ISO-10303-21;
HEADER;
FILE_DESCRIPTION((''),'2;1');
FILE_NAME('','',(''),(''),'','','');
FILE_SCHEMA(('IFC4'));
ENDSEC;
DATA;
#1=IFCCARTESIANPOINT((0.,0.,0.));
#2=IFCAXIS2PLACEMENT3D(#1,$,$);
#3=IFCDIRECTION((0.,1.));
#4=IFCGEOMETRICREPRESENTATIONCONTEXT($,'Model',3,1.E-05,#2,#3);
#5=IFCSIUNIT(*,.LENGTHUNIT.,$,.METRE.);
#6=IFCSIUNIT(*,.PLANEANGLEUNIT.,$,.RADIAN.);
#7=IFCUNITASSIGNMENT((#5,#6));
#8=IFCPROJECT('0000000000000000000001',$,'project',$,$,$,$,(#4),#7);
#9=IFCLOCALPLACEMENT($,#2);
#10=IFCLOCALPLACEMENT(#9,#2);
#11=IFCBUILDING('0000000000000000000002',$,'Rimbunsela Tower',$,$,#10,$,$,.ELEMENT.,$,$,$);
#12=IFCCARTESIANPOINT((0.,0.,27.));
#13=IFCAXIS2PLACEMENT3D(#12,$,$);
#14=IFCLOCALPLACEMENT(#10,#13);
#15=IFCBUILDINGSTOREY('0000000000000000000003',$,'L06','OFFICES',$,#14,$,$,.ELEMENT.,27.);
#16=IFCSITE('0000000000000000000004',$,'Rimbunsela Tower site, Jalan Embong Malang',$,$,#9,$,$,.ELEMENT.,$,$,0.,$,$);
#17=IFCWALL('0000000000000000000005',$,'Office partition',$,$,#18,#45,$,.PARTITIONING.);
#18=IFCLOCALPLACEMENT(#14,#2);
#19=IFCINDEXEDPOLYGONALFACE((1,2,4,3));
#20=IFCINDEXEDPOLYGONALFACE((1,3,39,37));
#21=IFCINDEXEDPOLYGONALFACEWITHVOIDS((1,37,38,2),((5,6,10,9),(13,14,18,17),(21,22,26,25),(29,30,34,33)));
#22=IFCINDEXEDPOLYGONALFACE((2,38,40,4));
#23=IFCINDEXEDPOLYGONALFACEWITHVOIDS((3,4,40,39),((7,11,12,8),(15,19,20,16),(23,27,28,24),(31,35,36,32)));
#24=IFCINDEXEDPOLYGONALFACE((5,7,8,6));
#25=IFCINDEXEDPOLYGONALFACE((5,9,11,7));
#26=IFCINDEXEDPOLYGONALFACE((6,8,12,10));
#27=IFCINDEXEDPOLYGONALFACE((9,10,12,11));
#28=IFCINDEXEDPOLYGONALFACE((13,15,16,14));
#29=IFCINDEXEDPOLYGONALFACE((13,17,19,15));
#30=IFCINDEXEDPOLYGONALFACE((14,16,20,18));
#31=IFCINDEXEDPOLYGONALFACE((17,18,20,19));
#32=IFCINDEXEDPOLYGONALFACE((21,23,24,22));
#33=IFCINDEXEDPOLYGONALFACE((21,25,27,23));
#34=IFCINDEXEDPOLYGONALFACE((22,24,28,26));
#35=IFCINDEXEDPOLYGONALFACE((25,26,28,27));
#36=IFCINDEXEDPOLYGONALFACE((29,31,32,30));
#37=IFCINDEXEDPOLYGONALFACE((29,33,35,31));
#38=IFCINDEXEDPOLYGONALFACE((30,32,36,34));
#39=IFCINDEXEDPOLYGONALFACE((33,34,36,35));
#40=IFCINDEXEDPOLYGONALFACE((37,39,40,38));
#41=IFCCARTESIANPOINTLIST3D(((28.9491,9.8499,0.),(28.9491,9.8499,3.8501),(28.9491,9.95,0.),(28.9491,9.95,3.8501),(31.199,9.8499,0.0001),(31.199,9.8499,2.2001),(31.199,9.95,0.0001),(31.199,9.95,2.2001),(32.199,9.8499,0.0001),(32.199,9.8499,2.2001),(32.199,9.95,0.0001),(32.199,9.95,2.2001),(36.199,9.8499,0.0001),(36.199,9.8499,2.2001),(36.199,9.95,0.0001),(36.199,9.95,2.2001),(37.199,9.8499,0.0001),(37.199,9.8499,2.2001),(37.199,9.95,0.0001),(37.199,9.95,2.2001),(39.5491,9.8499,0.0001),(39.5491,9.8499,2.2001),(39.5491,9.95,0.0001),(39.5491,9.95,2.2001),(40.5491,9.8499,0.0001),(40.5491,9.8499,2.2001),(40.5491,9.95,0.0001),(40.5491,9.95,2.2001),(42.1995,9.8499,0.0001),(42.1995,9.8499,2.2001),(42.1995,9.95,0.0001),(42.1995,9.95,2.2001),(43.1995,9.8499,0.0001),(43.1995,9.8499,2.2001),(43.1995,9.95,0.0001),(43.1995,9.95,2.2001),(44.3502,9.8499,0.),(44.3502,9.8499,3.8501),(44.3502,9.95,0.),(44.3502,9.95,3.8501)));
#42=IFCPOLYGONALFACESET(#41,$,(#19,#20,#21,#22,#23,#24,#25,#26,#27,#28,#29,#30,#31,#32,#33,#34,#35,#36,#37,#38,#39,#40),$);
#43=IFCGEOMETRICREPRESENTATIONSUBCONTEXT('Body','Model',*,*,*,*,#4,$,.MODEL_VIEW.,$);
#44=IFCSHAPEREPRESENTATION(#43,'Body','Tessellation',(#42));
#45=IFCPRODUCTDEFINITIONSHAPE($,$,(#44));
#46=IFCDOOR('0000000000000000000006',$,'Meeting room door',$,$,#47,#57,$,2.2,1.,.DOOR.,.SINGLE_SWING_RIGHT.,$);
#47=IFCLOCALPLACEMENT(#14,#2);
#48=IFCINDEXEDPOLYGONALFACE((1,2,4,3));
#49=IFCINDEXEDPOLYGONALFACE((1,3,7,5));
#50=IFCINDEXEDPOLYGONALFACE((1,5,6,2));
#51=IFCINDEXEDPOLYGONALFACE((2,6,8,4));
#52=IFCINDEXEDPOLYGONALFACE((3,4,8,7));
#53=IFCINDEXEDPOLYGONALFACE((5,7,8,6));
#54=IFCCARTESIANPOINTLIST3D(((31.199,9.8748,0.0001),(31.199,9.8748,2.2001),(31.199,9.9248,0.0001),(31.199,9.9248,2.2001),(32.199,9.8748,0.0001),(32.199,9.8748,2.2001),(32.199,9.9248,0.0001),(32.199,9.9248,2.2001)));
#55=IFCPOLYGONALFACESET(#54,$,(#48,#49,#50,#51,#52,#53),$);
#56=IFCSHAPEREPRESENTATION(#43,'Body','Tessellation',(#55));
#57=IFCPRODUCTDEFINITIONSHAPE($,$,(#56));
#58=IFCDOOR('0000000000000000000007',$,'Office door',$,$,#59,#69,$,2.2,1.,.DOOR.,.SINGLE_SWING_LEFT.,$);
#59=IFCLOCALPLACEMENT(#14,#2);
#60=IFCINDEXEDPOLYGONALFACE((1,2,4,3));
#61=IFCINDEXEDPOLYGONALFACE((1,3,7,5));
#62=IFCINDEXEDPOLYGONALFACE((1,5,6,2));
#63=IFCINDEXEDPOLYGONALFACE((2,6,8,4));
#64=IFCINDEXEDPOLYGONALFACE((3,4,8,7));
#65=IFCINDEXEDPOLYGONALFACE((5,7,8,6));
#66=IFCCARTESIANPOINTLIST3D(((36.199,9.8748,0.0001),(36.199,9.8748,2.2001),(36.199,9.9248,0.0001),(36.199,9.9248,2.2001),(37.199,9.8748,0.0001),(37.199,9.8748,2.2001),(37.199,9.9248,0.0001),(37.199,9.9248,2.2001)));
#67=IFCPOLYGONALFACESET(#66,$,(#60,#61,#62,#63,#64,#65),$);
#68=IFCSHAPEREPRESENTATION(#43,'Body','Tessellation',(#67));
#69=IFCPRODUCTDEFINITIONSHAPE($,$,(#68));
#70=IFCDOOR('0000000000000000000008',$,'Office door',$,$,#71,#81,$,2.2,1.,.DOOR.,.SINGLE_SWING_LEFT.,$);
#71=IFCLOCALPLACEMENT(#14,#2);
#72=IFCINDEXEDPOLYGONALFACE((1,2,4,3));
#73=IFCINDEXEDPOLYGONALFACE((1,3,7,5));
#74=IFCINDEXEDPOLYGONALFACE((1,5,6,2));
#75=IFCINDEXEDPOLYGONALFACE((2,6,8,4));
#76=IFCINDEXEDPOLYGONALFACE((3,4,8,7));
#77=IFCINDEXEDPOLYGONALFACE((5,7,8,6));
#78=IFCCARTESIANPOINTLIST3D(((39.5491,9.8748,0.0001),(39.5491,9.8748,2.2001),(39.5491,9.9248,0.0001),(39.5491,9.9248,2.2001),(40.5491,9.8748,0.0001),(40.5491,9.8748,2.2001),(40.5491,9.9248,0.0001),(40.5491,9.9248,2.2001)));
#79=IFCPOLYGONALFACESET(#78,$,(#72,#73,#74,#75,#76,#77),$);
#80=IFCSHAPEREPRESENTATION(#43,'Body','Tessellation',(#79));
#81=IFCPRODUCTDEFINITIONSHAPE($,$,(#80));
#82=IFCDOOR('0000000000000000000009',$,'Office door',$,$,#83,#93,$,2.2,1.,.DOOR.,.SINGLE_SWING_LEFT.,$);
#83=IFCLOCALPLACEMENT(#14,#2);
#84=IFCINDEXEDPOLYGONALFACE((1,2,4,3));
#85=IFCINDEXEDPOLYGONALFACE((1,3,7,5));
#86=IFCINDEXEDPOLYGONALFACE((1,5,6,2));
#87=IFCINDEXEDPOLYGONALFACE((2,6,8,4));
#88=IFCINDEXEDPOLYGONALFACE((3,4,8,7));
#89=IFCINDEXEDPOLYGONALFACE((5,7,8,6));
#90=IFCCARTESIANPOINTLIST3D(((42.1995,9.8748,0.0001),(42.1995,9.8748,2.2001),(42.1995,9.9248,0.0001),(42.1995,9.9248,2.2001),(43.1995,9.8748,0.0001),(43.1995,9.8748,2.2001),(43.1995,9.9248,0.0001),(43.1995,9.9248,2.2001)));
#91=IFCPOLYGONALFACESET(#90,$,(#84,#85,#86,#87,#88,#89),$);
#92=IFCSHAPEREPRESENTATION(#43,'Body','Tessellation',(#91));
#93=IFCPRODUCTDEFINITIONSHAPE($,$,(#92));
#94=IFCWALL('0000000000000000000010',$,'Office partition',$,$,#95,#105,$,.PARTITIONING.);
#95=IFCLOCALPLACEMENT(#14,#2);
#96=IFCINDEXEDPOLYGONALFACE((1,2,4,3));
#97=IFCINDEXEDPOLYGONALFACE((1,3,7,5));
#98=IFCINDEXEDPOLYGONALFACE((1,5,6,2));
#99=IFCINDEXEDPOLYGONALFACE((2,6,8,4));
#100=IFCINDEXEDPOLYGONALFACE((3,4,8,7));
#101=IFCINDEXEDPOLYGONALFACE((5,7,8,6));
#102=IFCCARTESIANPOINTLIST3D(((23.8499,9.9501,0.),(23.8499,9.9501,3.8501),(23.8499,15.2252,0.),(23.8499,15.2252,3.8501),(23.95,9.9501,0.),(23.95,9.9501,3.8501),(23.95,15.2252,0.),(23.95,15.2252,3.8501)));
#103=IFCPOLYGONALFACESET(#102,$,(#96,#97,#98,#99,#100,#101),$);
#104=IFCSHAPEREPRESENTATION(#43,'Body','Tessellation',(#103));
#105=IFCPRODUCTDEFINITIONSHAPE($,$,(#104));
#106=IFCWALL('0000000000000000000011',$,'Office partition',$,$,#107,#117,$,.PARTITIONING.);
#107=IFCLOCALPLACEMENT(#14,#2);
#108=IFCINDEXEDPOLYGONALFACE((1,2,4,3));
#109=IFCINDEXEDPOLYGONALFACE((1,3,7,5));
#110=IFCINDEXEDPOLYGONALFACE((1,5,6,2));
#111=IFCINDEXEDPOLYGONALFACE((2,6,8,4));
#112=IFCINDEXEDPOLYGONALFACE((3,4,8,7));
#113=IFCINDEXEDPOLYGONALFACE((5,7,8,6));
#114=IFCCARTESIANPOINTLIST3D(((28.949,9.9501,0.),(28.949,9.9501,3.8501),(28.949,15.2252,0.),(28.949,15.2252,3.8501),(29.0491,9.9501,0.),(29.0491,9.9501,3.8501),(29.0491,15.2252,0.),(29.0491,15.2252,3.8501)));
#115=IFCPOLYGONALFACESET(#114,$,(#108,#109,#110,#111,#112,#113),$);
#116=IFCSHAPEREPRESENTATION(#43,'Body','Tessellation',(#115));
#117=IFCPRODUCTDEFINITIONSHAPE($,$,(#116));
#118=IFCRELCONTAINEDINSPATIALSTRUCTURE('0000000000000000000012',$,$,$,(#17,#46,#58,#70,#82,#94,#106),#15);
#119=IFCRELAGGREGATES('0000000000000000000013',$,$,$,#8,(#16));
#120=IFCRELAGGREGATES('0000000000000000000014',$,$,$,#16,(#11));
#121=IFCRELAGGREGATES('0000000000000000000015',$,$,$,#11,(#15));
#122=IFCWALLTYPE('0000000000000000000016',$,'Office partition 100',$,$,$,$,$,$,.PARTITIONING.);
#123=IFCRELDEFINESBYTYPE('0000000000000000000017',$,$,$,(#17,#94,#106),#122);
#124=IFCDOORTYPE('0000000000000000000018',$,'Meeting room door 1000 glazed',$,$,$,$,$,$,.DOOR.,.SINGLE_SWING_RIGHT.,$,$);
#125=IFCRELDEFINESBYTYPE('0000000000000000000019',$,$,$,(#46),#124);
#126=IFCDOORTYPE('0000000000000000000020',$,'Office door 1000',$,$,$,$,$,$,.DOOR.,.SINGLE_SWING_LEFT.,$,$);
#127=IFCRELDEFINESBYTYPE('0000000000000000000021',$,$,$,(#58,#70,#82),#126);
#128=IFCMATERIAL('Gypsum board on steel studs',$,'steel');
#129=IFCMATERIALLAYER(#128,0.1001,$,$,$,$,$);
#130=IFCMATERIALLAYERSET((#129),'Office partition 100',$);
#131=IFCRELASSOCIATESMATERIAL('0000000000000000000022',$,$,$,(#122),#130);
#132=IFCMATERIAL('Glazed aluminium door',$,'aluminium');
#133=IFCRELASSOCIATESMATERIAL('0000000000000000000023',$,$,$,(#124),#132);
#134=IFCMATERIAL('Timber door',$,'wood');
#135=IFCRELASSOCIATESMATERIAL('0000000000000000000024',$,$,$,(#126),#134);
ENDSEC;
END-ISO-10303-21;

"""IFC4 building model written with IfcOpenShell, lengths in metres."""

from ifc_helpers import new_model, si_unit, direction, frame, frame_2d, origin, place, context, subcontext, project, spatial, rectangle, extrude, material, layer, layer_set, type_object, element, fill, save


model = new_model("IFC4")

# Units and contexts
model_context = context("Model", 3, precision=1e-05, world=origin(), true_north=direction((0.0, 1.0)))
body_context = subcontext(model_context, "Body", "Model", "MODEL_VIEW")
ifc_project = project(units=[si_unit("LENGTHUNIT", "METRE"), si_unit("PLANEANGLEUNIT", "RADIAN")], contexts=[model_context])

# Site, building, storey
site_placement = place(None, origin())
site = spatial("IfcSite", under=ifc_project, at=site_placement, Name="Rimbunsela Tower site, Jalan Embong Malang", CompositionType="ELEMENT", RefElevation=0.0)
building_placement = place(site_placement, origin())
building = spatial("IfcBuilding", under=site, at=building_placement, Name="Rimbunsela Tower", CompositionType="ELEMENT")
storey_placement = place(building_placement, frame((0.0, 0.0, 27.0)))
storey = spatial("IfcBuildingStorey", under=building, at=storey_placement, Name="L06", Description="OFFICES", CompositionType="ELEMENT", Elevation=27.0)

# Wall, openings, doors
ifc_material_1 = material(Name="Gypsum board on steel studs", Category="steel")
ifc_layer_1 = layer(ifc_material_1, 0.1001)
ifc_layer_set_1 = layer_set([ifc_layer_1], Name="Office partition 100")
wall_type_1 = type_object("IfcWallType", Name="Office partition 100", PredefinedType="PARTITIONING", material=ifc_layer_set_1)
wall_1_placement = place(storey_placement, frame((28.949, 9.8999, 0.0), z_axis=(0.0, 0.0, 1.0), x_axis=(1.0, 0.0, 0.0)))
wall_1 = element("IfcWall", 1, at=wall_1_placement, inside=storey, type_object=wall_type_1, Name="Office partition", PredefinedType="PARTITIONING", context=body_context, shape_type="SweptSolid", body=[
    extrude(rectangle(XDim=15.4011, YDim=0.1001, at=frame_2d((7.7007, 0.0))), origin(), (0.0, 0.0, 1.0), 3.8501),
])
opening_1_placement = place(wall_1_placement, frame((2.25, 0.0, 0.0)))
opening_1 = element("IfcOpeningElement", 2, at=opening_1_placement, cuts=wall_1, PredefinedType="OPENING", context=body_context, shape_type="SweptSolid", body=[
    extrude(rectangle(XDim=1.0, YDim=2.2, at=frame_2d((0.5, 1.1001))), frame((0.0, 0.0601, 0.0), z_axis=(0.0, -1.0, 0.0), x_axis=(1.0, 0.0, 0.0)), (0.0, 0.0, 1.0), 0.1201),
])
opening_2_placement = place(wall_1_placement, frame((7.25, 0.0, 0.0)))
opening_2 = element("IfcOpeningElement", 3, at=opening_2_placement, cuts=wall_1, PredefinedType="OPENING", context=body_context, shape_type="SweptSolid", body=[
    extrude(rectangle(XDim=1.0, YDim=2.2, at=frame_2d((0.5, 1.1001))), frame((0.0, 0.0601, 0.0), z_axis=(0.0, -1.0, 0.0), x_axis=(1.0, 0.0, 0.0)), (0.0, 0.0, 1.0), 0.1201),
])
opening_3_placement = place(wall_1_placement, frame((10.6001, 0.0, 0.0)))
opening_3 = element("IfcOpeningElement", 4, at=opening_3_placement, cuts=wall_1, PredefinedType="OPENING", context=body_context, shape_type="SweptSolid", body=[
    extrude(rectangle(XDim=1.0, YDim=2.2, at=frame_2d((0.5, 1.1001))), frame((0.0, 0.0601, 0.0), z_axis=(0.0, -1.0, 0.0), x_axis=(1.0, 0.0, 0.0)), (0.0, 0.0, 1.0), 0.1201),
])
opening_4_placement = place(wall_1_placement, frame((13.2505, 0.0, 0.0)))
opening_4 = element("IfcOpeningElement", 5, at=opening_4_placement, cuts=wall_1, PredefinedType="OPENING", context=body_context, shape_type="SweptSolid", body=[
    extrude(rectangle(XDim=1.0, YDim=2.2, at=frame_2d((0.5, 1.1001))), frame((0.0, 0.0601, 0.0), z_axis=(0.0, -1.0, 0.0), x_axis=(1.0, 0.0, 0.0)), (0.0, 0.0, 1.0), 0.1201),
])
ifc_material_2 = material(Name="Glazed aluminium door", Category="aluminium")
door_type_1 = type_object("IfcDoorType", Name="Meeting room door 1000 glazed", OperationType="SINGLE_SWING_RIGHT", PredefinedType="DOOR", material=ifc_material_2)
door_1_placement = place(opening_1_placement, origin())
door_1 = element("IfcDoor", 6, at=door_1_placement, inside=storey, type_object=door_type_1, Name="Meeting room door", OperationType="SINGLE_SWING_RIGHT", OverallHeight=2.2, OverallWidth=1.0, PredefinedType="DOOR", context=body_context, shape_type="SweptSolid", body=[
    extrude(rectangle(XDim=1.0, YDim=2.2, at=frame_2d((0.5, 1.1001))), frame((0.0, 0.0249, 0.0), z_axis=(0.0, -1.0, 0.0), x_axis=(1.0, 0.0, 0.0)), (0.0, 0.0, 1.0), 0.05),
])
fill(opening_1, door_1)
ifc_material_3 = material(Name="Timber door", Category="wood")
door_type_2 = type_object("IfcDoorType", Name="Office door 1000", OperationType="SINGLE_SWING_LEFT", PredefinedType="DOOR", material=ifc_material_3)
door_2_placement = place(opening_2_placement, origin())
door_2 = element("IfcDoor", 7, at=door_2_placement, inside=storey, type_object=door_type_2, Name="Office door", OperationType="SINGLE_SWING_LEFT", OverallHeight=2.2, OverallWidth=1.0, PredefinedType="DOOR", context=body_context, shape_type="SweptSolid", body=[
    extrude(rectangle(XDim=1.0, YDim=2.2, at=frame_2d((0.5, 1.1001))), frame((0.0, 0.0249, 0.0), z_axis=(0.0, -1.0, 0.0), x_axis=(1.0, 0.0, 0.0)), (0.0, 0.0, 1.0), 0.05),
])
fill(opening_2, door_2)
door_3_placement = place(opening_3_placement, origin())
door_3 = element("IfcDoor", 8, at=door_3_placement, inside=storey, type_object=door_type_2, Name="Office door", OperationType="SINGLE_SWING_LEFT", OverallHeight=2.2, OverallWidth=1.0, PredefinedType="DOOR", context=body_context, shape_type="SweptSolid", body=[
    extrude(rectangle(XDim=1.0, YDim=2.2, at=frame_2d((0.5, 1.1001))), frame((0.0, 0.0249, 0.0), z_axis=(0.0, -1.0, 0.0), x_axis=(1.0, 0.0, 0.0)), (0.0, 0.0, 1.0), 0.05),
])
fill(opening_3, door_3)
door_4_placement = place(opening_4_placement, origin())
door_4 = element("IfcDoor", 9, at=door_4_placement, inside=storey, type_object=door_type_2, Name="Office door", OperationType="SINGLE_SWING_LEFT", OverallHeight=2.2, OverallWidth=1.0, PredefinedType="DOOR", context=body_context, shape_type="SweptSolid", body=[
    extrude(rectangle(XDim=1.0, YDim=2.2, at=frame_2d((0.5, 1.1001))), frame((0.0, 0.0249, 0.0), z_axis=(0.0, -1.0, 0.0), x_axis=(1.0, 0.0, 0.0)), (0.0, 0.0, 1.0), 0.05),
])
fill(opening_4, door_4)

# Walls
for number, where, z_axis, x_axis, name in (
    (10, (23.8999, 9.95, 0.0), (0.0, 0.0, 1.0), (0.0, 1.0, 0.0), "Office partition"),
    (11, (28.999, 9.95, 0.0), (0.0, 0.0, 1.0), (0.0, 1.0, 0.0), "Office partition"),
):
    element("IfcWall", number, at=place(storey_placement, frame(where, z_axis=z_axis, x_axis=x_axis)), inside=storey, type_object=wall_type_1, Name=name, PredefinedType="PARTITIONING", context=body_context, shape_type="SweptSolid", body=[
        extrude(rectangle(XDim=5.2751, YDim=0.1001, at=frame_2d((2.6377, 0.0))), origin(), (0.0, 0.0, 1.0), 3.8501),
    ])

save(model, "model.ifc")
